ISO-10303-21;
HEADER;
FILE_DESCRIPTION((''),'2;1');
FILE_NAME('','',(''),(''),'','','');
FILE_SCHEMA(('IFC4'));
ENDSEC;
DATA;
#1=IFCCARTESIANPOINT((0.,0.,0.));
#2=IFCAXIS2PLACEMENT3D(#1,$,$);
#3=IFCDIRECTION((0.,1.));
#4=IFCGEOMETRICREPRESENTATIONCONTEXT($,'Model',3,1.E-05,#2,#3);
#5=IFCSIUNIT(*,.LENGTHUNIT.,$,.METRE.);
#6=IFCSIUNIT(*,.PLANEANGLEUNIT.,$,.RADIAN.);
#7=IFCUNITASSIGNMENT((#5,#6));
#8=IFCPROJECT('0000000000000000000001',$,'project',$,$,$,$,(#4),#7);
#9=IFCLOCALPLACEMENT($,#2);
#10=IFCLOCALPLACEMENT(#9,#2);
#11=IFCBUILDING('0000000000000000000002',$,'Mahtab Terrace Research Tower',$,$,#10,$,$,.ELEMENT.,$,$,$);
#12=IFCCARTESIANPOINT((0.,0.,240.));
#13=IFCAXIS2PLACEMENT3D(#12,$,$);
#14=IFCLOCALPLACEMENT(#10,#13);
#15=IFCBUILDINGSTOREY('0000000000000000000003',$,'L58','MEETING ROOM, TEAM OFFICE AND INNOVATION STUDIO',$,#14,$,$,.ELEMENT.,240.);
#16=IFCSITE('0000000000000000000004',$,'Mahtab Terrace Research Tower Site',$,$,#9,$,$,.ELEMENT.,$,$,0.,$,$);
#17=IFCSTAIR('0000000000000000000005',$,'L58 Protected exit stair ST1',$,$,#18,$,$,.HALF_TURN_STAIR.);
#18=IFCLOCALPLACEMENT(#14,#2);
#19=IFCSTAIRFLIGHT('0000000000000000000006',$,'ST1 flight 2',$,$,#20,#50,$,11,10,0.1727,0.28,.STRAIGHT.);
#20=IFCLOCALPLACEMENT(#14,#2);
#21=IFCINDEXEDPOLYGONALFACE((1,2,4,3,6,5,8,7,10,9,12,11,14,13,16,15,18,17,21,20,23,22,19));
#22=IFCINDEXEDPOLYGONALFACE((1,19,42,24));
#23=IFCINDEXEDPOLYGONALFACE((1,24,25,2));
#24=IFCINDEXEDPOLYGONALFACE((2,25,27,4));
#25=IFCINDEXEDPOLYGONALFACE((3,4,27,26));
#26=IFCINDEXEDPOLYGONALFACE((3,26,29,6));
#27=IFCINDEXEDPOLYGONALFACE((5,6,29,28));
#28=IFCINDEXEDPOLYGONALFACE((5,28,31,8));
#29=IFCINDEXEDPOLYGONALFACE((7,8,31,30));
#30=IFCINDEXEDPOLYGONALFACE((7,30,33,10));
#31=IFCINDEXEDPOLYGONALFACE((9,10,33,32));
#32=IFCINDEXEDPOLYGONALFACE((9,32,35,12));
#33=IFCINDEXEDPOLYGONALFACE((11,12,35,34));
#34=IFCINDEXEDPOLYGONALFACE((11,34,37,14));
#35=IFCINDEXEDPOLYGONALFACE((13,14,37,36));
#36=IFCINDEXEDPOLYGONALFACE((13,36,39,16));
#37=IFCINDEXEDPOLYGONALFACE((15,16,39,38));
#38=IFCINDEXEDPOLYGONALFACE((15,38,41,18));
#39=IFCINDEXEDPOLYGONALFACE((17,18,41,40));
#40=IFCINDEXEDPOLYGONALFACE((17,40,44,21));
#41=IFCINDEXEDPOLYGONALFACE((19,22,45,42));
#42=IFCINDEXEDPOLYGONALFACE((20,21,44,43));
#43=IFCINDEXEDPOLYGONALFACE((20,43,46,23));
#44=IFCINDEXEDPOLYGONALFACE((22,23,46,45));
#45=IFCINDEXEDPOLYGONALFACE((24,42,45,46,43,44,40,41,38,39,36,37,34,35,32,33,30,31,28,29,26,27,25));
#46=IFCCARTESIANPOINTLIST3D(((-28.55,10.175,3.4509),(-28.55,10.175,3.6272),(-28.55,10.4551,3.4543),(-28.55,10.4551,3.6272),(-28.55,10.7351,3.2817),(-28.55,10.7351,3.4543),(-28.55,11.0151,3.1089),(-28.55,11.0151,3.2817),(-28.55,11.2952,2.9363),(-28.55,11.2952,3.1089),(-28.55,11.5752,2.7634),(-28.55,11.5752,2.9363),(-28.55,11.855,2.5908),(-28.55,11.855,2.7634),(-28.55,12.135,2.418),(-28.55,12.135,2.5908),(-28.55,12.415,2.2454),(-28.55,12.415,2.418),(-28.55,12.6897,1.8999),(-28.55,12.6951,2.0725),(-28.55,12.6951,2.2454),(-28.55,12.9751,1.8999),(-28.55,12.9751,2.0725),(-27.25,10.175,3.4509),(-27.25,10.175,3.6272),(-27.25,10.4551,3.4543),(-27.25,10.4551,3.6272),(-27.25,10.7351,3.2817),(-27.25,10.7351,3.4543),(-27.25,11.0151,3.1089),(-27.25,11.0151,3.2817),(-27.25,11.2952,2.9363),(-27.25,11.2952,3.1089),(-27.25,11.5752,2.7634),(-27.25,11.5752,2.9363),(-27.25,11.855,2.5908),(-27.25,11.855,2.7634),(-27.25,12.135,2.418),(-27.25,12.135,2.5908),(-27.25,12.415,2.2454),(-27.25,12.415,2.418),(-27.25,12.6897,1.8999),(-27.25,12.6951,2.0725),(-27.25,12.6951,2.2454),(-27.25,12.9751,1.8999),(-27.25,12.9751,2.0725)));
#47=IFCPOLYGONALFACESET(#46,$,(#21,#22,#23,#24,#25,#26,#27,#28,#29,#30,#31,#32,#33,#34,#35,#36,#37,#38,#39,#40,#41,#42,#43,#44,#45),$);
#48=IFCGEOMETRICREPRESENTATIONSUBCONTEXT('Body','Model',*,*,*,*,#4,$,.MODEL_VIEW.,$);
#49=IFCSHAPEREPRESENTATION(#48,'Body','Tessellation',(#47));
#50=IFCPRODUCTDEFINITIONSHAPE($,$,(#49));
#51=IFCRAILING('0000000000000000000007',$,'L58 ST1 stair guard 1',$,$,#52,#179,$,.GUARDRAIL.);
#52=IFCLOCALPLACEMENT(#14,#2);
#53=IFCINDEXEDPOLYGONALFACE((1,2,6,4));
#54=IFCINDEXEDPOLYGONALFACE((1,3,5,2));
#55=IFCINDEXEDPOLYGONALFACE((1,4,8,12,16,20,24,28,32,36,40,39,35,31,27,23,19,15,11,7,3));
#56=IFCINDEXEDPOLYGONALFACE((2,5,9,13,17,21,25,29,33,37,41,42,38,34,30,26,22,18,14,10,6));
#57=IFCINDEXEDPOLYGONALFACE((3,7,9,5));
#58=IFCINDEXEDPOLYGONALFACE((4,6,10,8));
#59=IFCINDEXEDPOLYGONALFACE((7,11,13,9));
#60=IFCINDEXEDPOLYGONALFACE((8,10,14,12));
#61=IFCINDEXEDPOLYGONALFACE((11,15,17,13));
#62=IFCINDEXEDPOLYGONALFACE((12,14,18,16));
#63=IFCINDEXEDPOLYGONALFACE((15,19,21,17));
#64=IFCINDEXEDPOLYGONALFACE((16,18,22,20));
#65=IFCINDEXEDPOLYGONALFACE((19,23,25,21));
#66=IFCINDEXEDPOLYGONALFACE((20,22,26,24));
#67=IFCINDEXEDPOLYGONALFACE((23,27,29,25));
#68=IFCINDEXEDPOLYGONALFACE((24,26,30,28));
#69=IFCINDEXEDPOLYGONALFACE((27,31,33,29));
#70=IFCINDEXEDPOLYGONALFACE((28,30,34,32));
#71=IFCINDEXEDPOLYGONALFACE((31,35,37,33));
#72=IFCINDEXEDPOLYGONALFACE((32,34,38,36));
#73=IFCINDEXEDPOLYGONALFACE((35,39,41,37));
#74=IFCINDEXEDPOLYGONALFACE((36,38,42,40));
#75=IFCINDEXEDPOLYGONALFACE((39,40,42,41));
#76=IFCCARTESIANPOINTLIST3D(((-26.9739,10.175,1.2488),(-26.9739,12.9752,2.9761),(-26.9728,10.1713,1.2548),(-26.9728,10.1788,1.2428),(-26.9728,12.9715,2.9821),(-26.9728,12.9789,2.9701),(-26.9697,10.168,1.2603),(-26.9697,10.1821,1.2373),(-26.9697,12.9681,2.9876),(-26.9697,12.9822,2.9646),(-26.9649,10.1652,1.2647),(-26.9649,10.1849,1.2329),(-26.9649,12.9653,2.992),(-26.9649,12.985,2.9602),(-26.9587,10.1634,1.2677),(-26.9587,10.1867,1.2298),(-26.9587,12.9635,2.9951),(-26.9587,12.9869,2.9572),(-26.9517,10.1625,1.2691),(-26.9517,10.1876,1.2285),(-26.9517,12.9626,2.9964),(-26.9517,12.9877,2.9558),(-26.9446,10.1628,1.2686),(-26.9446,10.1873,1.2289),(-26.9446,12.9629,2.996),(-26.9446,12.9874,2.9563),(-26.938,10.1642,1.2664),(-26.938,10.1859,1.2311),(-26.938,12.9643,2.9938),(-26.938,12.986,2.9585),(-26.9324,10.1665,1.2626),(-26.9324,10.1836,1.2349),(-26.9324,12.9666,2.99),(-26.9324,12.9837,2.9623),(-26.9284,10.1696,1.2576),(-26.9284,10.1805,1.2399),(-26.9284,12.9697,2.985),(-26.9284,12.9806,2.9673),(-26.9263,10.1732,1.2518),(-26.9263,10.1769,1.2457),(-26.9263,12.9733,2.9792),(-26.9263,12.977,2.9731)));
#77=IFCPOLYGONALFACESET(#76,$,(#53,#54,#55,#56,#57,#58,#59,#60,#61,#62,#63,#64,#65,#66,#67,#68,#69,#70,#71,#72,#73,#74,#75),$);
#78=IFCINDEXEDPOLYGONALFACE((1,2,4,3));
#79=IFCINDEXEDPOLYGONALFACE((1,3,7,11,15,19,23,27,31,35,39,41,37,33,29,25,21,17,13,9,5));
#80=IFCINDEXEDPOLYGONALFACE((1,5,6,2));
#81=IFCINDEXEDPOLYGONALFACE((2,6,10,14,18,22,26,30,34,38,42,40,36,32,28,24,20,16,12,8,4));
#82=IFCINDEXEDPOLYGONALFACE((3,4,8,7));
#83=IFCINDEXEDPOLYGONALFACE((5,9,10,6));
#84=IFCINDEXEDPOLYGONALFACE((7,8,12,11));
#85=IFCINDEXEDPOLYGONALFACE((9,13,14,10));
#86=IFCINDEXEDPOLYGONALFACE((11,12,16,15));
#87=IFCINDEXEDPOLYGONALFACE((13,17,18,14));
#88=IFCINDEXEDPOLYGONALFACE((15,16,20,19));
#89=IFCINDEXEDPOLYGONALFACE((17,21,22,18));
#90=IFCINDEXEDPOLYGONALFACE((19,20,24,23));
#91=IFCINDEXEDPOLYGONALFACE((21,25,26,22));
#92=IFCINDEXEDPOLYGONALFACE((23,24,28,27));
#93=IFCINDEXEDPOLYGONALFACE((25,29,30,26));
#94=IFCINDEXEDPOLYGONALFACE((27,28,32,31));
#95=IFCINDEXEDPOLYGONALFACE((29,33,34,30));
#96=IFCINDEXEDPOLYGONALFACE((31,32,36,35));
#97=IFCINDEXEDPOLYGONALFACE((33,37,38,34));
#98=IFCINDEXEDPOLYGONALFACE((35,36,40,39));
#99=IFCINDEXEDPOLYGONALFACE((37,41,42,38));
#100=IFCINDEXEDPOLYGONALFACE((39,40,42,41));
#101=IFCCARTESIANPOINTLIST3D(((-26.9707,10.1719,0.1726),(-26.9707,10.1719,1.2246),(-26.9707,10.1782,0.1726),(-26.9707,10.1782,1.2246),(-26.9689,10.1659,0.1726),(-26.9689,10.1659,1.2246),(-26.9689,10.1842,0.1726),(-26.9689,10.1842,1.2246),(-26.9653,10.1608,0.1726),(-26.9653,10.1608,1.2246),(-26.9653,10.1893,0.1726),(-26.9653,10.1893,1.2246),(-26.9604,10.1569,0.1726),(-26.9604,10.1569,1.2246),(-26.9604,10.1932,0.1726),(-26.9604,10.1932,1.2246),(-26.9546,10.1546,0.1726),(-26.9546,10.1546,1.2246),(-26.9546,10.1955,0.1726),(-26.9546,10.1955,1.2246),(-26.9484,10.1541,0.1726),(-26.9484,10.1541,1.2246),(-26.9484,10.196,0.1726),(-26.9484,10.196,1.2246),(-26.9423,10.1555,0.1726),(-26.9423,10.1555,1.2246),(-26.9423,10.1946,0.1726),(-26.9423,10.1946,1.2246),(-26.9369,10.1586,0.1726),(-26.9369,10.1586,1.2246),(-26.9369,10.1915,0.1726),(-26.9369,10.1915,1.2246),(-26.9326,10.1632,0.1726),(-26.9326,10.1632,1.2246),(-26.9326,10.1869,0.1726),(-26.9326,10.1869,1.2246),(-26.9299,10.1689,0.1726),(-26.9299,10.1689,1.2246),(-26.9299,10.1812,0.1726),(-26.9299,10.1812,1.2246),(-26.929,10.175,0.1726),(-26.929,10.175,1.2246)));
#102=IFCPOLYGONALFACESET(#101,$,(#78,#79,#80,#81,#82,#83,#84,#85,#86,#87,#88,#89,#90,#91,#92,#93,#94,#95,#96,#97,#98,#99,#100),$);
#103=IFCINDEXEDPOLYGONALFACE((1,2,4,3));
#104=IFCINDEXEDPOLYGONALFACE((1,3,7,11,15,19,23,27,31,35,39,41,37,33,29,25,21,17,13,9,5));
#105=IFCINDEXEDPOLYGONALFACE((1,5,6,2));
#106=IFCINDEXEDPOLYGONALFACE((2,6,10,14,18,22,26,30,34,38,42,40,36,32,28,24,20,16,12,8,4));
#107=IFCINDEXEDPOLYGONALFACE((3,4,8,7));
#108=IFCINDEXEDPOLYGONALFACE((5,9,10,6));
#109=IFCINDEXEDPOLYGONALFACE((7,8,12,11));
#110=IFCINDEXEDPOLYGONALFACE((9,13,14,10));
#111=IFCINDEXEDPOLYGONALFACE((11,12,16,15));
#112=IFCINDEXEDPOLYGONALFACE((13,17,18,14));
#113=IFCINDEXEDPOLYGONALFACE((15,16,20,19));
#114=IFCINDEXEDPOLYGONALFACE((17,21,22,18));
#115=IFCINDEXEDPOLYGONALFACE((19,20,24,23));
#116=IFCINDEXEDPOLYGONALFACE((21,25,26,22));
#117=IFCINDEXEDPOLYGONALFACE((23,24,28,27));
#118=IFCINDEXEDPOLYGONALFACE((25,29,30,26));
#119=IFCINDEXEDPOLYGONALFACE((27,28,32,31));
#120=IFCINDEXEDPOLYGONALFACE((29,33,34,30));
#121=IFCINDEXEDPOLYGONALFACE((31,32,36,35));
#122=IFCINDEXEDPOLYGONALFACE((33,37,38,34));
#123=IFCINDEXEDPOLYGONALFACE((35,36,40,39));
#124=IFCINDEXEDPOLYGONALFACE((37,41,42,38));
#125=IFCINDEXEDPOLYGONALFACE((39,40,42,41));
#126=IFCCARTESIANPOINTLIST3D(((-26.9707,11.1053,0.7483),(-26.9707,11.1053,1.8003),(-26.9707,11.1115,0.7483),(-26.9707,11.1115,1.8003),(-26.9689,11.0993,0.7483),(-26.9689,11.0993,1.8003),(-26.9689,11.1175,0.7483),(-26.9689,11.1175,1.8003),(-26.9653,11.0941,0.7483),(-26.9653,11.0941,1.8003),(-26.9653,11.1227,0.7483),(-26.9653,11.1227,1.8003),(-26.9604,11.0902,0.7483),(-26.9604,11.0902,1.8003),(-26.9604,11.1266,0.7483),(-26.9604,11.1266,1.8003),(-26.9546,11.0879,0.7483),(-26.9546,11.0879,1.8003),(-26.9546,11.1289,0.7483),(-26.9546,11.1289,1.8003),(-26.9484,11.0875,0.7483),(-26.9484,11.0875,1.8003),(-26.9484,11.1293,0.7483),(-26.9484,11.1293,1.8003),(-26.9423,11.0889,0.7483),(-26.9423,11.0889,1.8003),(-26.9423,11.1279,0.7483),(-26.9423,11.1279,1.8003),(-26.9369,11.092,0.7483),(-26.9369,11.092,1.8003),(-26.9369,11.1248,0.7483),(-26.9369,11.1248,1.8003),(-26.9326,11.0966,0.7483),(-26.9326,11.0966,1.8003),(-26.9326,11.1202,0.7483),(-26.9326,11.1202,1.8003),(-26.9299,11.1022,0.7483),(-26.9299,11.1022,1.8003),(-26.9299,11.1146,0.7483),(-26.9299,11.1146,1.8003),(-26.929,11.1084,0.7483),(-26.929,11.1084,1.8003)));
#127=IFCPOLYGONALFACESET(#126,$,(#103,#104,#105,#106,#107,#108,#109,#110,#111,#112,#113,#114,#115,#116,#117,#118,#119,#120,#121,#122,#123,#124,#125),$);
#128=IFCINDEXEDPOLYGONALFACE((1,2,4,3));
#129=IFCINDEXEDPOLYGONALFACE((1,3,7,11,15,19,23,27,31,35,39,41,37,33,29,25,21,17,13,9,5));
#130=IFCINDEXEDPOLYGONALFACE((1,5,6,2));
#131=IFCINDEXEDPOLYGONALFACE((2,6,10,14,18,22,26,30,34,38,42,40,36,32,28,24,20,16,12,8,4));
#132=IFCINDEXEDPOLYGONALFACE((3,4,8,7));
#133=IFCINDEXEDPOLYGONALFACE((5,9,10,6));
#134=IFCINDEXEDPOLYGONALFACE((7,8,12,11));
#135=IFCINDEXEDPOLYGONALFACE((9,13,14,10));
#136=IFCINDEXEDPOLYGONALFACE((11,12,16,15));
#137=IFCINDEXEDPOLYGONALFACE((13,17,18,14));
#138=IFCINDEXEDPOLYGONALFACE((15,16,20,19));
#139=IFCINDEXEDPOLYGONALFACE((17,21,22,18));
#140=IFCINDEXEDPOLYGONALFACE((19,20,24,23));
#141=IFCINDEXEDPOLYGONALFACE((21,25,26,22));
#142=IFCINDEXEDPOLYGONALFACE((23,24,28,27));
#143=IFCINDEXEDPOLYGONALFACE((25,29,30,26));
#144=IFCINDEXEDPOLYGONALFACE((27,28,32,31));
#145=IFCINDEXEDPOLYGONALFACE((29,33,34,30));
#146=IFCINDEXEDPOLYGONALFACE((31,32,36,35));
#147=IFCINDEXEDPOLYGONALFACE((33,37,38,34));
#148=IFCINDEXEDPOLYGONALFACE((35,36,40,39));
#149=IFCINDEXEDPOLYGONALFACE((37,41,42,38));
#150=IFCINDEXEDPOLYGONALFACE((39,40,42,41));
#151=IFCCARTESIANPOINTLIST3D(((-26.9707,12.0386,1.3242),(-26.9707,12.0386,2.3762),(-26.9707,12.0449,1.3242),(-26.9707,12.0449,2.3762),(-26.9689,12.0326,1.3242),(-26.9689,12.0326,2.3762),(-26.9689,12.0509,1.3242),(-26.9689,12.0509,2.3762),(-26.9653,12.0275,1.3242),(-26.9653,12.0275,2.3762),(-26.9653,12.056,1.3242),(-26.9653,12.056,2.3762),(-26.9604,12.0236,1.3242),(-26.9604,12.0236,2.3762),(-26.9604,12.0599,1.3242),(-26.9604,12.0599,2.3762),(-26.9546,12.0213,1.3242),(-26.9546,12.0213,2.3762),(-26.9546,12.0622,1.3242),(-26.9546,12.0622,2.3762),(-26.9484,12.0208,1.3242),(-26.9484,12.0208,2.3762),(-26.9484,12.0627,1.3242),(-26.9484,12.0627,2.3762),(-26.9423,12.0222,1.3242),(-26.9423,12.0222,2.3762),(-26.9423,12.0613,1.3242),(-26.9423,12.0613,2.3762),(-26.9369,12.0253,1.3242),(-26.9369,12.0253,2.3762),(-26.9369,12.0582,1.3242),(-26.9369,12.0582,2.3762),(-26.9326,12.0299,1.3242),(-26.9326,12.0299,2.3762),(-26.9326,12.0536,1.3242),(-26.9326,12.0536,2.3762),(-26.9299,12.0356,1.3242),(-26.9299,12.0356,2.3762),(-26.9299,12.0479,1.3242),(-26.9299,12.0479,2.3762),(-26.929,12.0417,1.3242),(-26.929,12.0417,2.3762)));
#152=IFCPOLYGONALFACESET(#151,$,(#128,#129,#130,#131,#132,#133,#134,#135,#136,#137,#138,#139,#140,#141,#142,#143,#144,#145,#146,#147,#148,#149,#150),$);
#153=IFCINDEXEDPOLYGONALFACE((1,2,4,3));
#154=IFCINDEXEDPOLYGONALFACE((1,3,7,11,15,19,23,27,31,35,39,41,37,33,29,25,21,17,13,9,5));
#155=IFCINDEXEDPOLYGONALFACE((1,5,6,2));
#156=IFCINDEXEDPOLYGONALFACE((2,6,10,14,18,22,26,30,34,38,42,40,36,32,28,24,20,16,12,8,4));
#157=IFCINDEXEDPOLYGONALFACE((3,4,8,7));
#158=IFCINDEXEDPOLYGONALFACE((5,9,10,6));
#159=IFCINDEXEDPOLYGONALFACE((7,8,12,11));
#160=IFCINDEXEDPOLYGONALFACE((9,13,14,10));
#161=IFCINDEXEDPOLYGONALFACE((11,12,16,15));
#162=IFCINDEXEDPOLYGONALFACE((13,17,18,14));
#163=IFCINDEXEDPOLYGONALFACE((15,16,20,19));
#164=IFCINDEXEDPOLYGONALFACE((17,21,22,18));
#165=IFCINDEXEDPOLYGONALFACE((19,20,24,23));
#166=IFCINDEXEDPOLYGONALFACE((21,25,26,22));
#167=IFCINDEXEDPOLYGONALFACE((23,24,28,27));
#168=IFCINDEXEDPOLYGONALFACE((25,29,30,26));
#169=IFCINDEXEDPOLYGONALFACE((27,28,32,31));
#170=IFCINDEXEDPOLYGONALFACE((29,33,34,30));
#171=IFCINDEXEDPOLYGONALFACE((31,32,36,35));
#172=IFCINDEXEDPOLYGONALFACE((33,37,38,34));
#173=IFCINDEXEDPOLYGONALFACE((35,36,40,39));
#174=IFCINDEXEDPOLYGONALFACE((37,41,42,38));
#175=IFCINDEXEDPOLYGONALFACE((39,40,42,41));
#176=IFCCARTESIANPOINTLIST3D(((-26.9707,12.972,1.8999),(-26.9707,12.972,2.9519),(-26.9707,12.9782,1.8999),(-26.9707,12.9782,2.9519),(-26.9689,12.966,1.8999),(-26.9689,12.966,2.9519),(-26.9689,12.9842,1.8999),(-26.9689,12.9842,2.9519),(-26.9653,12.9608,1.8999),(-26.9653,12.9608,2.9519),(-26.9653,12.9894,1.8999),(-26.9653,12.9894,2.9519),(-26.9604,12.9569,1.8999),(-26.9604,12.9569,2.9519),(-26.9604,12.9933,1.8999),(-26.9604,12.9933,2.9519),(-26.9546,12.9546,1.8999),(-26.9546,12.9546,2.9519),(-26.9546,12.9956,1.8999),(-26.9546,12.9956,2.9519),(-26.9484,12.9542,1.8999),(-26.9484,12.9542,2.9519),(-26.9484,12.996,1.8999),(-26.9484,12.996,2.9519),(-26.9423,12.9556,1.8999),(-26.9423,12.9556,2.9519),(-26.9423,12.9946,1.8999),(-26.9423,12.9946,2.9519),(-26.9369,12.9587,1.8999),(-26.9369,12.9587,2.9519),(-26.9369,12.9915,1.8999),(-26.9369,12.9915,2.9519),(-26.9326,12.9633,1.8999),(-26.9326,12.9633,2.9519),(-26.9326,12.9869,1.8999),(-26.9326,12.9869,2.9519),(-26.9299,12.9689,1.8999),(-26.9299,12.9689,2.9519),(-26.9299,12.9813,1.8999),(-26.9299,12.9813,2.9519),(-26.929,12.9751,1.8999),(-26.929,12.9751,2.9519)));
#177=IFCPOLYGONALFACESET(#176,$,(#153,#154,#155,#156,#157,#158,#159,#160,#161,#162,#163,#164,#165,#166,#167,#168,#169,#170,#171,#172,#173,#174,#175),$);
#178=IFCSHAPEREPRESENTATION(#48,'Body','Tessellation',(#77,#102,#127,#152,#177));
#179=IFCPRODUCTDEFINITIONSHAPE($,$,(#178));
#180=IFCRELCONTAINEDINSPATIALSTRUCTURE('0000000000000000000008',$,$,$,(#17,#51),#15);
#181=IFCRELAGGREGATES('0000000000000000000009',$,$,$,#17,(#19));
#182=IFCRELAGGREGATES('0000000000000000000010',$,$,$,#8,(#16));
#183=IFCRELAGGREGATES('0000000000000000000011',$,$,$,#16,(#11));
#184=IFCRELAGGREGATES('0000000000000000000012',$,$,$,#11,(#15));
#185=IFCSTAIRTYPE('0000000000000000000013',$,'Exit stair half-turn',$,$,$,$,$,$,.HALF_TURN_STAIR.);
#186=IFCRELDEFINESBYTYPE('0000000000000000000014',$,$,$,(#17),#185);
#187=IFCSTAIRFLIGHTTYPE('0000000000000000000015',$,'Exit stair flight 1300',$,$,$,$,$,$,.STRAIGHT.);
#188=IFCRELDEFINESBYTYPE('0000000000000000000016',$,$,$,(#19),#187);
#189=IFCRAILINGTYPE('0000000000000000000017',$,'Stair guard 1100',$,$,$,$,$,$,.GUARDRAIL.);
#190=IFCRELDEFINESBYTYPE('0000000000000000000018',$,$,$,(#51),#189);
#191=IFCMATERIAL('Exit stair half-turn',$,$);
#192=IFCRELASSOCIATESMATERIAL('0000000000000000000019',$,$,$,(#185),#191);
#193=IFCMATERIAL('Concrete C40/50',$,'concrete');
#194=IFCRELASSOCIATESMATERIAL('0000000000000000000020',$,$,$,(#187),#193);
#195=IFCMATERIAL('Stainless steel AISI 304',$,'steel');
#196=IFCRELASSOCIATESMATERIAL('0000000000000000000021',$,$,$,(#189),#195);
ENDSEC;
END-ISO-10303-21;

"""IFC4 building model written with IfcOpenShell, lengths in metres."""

from ifc_helpers import new_model, si_unit, direction, frame, origin, origin_2d, place, context, subcontext, project, spatial, polyline, circle, outline, extrude, material, type_object, element, aggregate, save


model = new_model("IFC4")

# Units and contexts
model_context = context("Model", 3, precision=1e-05, world=origin(), true_north=direction((0.0, 1.0)))
body_context = subcontext(model_context, "Body", "Model", "MODEL_VIEW")
ifc_project = project(units=[si_unit("LENGTHUNIT", "METRE"), si_unit("PLANEANGLEUNIT", "RADIAN")], contexts=[model_context])

# Site, building, storey
site_placement = place(None, origin())
site = spatial("IfcSite", under=ifc_project, at=site_placement, Name="Mahtab Terrace Research Tower Site", CompositionType="ELEMENT", RefElevation=0.0)
building_placement = place(site_placement, origin())
building = spatial("IfcBuilding", under=site, at=building_placement, Name="Mahtab Terrace Research Tower", CompositionType="ELEMENT")
storey_placement = place(building_placement, frame((0.0, 0.0, 240.0)))
storey = spatial("IfcBuildingStorey", under=building, at=storey_placement, Name="L58", Description="MEETING ROOM, TEAM OFFICE AND INNOVATION STUDIO", CompositionType="ELEMENT", Elevation=240.0)

# Stair, stair flight
ifc_material_1 = material(Name="Exit stair half-turn")
stair_type = type_object("IfcStairType", Name="Exit stair half-turn", PredefinedType="HALF_TURN_STAIR", material=ifc_material_1)
stair_placement = place(storey_placement, origin())
stair = element("IfcStair", 1, at=stair_placement, inside=storey, type_object=stair_type, Name="L58 Protected exit stair ST1", PredefinedType="HALF_TURN_STAIR")
ifc_material_2 = material(Name="Concrete C40/50", Category="concrete")
stair_flight_type = type_object("IfcStairFlightType", Name="Exit stair flight 1300", PredefinedType="STRAIGHT", material=ifc_material_2)
stair_flight_1_placement = place(storey_placement, frame((-27.8999, 12.9751, 1.8999), z_axis=(0.0, 0.0, 1.0), x_axis=(0.0, -1.0, 0.0)))
stair_flight_1 = element("IfcStairFlight", 2, at=stair_flight_1_placement, type_object=stair_flight_type, Name="ST1 flight 2", NumberOfRisers=11, NumberOfTreads=10, PredefinedType="STRAIGHT", RiserHeight=0.1727, TreadLength=0.28, context=body_context, shape_type="SweptSolid", body=[
    extrude(outline(polyline([(0.0, 0.0), (0.0, 0.1726), (0.28, 0.1726), (0.28, 0.3455), (0.5601, 0.3455), (0.5601, 0.5181), (0.8401, 0.5181), (0.8401, 0.6909), (1.1201, 0.6909), (1.1201, 0.8635), (1.3999, 0.8635), (1.3999, 1.0364), (1.6799, 1.0364), (1.6799, 1.209), (1.96, 1.209), (1.96, 1.3818), (2.24, 1.3818), (2.24, 1.5544), (2.52, 1.5544), (2.52, 1.7273), (2.8, 1.7273), (2.8, 1.8999), (2.8, 1.551), (0.2854, 0.0), (0.0, 0.0)])), frame((0.0, 0.6499, 0.0), z_axis=(0.0, -1.0, 0.0), x_axis=(1.0, 0.0, 0.0)), (0.0, 0.0, 1.0), 1.3),
])
aggregate(stair, [stair_flight_1])

# Railing
ifc_material_3 = material(Name="Stainless steel AISI 304", Category="steel")
railing_type_1 = type_object("IfcRailingType", Name="Stair guard 1100", PredefinedType="GUARDRAIL", material=ifc_material_3)
railing_1_placement = place(storey_placement, frame((-26.95, 10.175, 0.1726)))
element("IfcRailing", 3, at=railing_1_placement, inside=storey, type_object=railing_type_1, Name="L58 ST1 stair guard 1", PredefinedType="GUARDRAIL", context=body_context, shape_type="SweptSolid", body=[
    extrude(circle(Radius=0.0239, at=origin_2d()), frame((0.0, 0.0, 1.0762), z_axis=(0.0, 0.85109, 0.52502), x_axis=(-1.0, 0.0, 0.0)), (0.0, 0.0, 1.0), 3.29),
    extrude(circle(Radius=0.021, at=origin_2d()), origin(), (0.0, 0.0, 1.0), 1.052),
    extrude(circle(Radius=0.021, at=origin_2d()), frame((0.0, 0.9333, 0.5757)), (0.0, 0.0, 1.0), 1.052),
    extrude(circle(Radius=0.021, at=origin_2d()), frame((0.0, 1.8667, 1.1516)), (0.0, 0.0, 1.0), 1.052),
    extrude(circle(Radius=0.021, at=origin_2d()), frame((0.0, 2.8, 1.7273)), (0.0, 0.0, 1.0), 1.052),
])

save(model, "model.ifc")
